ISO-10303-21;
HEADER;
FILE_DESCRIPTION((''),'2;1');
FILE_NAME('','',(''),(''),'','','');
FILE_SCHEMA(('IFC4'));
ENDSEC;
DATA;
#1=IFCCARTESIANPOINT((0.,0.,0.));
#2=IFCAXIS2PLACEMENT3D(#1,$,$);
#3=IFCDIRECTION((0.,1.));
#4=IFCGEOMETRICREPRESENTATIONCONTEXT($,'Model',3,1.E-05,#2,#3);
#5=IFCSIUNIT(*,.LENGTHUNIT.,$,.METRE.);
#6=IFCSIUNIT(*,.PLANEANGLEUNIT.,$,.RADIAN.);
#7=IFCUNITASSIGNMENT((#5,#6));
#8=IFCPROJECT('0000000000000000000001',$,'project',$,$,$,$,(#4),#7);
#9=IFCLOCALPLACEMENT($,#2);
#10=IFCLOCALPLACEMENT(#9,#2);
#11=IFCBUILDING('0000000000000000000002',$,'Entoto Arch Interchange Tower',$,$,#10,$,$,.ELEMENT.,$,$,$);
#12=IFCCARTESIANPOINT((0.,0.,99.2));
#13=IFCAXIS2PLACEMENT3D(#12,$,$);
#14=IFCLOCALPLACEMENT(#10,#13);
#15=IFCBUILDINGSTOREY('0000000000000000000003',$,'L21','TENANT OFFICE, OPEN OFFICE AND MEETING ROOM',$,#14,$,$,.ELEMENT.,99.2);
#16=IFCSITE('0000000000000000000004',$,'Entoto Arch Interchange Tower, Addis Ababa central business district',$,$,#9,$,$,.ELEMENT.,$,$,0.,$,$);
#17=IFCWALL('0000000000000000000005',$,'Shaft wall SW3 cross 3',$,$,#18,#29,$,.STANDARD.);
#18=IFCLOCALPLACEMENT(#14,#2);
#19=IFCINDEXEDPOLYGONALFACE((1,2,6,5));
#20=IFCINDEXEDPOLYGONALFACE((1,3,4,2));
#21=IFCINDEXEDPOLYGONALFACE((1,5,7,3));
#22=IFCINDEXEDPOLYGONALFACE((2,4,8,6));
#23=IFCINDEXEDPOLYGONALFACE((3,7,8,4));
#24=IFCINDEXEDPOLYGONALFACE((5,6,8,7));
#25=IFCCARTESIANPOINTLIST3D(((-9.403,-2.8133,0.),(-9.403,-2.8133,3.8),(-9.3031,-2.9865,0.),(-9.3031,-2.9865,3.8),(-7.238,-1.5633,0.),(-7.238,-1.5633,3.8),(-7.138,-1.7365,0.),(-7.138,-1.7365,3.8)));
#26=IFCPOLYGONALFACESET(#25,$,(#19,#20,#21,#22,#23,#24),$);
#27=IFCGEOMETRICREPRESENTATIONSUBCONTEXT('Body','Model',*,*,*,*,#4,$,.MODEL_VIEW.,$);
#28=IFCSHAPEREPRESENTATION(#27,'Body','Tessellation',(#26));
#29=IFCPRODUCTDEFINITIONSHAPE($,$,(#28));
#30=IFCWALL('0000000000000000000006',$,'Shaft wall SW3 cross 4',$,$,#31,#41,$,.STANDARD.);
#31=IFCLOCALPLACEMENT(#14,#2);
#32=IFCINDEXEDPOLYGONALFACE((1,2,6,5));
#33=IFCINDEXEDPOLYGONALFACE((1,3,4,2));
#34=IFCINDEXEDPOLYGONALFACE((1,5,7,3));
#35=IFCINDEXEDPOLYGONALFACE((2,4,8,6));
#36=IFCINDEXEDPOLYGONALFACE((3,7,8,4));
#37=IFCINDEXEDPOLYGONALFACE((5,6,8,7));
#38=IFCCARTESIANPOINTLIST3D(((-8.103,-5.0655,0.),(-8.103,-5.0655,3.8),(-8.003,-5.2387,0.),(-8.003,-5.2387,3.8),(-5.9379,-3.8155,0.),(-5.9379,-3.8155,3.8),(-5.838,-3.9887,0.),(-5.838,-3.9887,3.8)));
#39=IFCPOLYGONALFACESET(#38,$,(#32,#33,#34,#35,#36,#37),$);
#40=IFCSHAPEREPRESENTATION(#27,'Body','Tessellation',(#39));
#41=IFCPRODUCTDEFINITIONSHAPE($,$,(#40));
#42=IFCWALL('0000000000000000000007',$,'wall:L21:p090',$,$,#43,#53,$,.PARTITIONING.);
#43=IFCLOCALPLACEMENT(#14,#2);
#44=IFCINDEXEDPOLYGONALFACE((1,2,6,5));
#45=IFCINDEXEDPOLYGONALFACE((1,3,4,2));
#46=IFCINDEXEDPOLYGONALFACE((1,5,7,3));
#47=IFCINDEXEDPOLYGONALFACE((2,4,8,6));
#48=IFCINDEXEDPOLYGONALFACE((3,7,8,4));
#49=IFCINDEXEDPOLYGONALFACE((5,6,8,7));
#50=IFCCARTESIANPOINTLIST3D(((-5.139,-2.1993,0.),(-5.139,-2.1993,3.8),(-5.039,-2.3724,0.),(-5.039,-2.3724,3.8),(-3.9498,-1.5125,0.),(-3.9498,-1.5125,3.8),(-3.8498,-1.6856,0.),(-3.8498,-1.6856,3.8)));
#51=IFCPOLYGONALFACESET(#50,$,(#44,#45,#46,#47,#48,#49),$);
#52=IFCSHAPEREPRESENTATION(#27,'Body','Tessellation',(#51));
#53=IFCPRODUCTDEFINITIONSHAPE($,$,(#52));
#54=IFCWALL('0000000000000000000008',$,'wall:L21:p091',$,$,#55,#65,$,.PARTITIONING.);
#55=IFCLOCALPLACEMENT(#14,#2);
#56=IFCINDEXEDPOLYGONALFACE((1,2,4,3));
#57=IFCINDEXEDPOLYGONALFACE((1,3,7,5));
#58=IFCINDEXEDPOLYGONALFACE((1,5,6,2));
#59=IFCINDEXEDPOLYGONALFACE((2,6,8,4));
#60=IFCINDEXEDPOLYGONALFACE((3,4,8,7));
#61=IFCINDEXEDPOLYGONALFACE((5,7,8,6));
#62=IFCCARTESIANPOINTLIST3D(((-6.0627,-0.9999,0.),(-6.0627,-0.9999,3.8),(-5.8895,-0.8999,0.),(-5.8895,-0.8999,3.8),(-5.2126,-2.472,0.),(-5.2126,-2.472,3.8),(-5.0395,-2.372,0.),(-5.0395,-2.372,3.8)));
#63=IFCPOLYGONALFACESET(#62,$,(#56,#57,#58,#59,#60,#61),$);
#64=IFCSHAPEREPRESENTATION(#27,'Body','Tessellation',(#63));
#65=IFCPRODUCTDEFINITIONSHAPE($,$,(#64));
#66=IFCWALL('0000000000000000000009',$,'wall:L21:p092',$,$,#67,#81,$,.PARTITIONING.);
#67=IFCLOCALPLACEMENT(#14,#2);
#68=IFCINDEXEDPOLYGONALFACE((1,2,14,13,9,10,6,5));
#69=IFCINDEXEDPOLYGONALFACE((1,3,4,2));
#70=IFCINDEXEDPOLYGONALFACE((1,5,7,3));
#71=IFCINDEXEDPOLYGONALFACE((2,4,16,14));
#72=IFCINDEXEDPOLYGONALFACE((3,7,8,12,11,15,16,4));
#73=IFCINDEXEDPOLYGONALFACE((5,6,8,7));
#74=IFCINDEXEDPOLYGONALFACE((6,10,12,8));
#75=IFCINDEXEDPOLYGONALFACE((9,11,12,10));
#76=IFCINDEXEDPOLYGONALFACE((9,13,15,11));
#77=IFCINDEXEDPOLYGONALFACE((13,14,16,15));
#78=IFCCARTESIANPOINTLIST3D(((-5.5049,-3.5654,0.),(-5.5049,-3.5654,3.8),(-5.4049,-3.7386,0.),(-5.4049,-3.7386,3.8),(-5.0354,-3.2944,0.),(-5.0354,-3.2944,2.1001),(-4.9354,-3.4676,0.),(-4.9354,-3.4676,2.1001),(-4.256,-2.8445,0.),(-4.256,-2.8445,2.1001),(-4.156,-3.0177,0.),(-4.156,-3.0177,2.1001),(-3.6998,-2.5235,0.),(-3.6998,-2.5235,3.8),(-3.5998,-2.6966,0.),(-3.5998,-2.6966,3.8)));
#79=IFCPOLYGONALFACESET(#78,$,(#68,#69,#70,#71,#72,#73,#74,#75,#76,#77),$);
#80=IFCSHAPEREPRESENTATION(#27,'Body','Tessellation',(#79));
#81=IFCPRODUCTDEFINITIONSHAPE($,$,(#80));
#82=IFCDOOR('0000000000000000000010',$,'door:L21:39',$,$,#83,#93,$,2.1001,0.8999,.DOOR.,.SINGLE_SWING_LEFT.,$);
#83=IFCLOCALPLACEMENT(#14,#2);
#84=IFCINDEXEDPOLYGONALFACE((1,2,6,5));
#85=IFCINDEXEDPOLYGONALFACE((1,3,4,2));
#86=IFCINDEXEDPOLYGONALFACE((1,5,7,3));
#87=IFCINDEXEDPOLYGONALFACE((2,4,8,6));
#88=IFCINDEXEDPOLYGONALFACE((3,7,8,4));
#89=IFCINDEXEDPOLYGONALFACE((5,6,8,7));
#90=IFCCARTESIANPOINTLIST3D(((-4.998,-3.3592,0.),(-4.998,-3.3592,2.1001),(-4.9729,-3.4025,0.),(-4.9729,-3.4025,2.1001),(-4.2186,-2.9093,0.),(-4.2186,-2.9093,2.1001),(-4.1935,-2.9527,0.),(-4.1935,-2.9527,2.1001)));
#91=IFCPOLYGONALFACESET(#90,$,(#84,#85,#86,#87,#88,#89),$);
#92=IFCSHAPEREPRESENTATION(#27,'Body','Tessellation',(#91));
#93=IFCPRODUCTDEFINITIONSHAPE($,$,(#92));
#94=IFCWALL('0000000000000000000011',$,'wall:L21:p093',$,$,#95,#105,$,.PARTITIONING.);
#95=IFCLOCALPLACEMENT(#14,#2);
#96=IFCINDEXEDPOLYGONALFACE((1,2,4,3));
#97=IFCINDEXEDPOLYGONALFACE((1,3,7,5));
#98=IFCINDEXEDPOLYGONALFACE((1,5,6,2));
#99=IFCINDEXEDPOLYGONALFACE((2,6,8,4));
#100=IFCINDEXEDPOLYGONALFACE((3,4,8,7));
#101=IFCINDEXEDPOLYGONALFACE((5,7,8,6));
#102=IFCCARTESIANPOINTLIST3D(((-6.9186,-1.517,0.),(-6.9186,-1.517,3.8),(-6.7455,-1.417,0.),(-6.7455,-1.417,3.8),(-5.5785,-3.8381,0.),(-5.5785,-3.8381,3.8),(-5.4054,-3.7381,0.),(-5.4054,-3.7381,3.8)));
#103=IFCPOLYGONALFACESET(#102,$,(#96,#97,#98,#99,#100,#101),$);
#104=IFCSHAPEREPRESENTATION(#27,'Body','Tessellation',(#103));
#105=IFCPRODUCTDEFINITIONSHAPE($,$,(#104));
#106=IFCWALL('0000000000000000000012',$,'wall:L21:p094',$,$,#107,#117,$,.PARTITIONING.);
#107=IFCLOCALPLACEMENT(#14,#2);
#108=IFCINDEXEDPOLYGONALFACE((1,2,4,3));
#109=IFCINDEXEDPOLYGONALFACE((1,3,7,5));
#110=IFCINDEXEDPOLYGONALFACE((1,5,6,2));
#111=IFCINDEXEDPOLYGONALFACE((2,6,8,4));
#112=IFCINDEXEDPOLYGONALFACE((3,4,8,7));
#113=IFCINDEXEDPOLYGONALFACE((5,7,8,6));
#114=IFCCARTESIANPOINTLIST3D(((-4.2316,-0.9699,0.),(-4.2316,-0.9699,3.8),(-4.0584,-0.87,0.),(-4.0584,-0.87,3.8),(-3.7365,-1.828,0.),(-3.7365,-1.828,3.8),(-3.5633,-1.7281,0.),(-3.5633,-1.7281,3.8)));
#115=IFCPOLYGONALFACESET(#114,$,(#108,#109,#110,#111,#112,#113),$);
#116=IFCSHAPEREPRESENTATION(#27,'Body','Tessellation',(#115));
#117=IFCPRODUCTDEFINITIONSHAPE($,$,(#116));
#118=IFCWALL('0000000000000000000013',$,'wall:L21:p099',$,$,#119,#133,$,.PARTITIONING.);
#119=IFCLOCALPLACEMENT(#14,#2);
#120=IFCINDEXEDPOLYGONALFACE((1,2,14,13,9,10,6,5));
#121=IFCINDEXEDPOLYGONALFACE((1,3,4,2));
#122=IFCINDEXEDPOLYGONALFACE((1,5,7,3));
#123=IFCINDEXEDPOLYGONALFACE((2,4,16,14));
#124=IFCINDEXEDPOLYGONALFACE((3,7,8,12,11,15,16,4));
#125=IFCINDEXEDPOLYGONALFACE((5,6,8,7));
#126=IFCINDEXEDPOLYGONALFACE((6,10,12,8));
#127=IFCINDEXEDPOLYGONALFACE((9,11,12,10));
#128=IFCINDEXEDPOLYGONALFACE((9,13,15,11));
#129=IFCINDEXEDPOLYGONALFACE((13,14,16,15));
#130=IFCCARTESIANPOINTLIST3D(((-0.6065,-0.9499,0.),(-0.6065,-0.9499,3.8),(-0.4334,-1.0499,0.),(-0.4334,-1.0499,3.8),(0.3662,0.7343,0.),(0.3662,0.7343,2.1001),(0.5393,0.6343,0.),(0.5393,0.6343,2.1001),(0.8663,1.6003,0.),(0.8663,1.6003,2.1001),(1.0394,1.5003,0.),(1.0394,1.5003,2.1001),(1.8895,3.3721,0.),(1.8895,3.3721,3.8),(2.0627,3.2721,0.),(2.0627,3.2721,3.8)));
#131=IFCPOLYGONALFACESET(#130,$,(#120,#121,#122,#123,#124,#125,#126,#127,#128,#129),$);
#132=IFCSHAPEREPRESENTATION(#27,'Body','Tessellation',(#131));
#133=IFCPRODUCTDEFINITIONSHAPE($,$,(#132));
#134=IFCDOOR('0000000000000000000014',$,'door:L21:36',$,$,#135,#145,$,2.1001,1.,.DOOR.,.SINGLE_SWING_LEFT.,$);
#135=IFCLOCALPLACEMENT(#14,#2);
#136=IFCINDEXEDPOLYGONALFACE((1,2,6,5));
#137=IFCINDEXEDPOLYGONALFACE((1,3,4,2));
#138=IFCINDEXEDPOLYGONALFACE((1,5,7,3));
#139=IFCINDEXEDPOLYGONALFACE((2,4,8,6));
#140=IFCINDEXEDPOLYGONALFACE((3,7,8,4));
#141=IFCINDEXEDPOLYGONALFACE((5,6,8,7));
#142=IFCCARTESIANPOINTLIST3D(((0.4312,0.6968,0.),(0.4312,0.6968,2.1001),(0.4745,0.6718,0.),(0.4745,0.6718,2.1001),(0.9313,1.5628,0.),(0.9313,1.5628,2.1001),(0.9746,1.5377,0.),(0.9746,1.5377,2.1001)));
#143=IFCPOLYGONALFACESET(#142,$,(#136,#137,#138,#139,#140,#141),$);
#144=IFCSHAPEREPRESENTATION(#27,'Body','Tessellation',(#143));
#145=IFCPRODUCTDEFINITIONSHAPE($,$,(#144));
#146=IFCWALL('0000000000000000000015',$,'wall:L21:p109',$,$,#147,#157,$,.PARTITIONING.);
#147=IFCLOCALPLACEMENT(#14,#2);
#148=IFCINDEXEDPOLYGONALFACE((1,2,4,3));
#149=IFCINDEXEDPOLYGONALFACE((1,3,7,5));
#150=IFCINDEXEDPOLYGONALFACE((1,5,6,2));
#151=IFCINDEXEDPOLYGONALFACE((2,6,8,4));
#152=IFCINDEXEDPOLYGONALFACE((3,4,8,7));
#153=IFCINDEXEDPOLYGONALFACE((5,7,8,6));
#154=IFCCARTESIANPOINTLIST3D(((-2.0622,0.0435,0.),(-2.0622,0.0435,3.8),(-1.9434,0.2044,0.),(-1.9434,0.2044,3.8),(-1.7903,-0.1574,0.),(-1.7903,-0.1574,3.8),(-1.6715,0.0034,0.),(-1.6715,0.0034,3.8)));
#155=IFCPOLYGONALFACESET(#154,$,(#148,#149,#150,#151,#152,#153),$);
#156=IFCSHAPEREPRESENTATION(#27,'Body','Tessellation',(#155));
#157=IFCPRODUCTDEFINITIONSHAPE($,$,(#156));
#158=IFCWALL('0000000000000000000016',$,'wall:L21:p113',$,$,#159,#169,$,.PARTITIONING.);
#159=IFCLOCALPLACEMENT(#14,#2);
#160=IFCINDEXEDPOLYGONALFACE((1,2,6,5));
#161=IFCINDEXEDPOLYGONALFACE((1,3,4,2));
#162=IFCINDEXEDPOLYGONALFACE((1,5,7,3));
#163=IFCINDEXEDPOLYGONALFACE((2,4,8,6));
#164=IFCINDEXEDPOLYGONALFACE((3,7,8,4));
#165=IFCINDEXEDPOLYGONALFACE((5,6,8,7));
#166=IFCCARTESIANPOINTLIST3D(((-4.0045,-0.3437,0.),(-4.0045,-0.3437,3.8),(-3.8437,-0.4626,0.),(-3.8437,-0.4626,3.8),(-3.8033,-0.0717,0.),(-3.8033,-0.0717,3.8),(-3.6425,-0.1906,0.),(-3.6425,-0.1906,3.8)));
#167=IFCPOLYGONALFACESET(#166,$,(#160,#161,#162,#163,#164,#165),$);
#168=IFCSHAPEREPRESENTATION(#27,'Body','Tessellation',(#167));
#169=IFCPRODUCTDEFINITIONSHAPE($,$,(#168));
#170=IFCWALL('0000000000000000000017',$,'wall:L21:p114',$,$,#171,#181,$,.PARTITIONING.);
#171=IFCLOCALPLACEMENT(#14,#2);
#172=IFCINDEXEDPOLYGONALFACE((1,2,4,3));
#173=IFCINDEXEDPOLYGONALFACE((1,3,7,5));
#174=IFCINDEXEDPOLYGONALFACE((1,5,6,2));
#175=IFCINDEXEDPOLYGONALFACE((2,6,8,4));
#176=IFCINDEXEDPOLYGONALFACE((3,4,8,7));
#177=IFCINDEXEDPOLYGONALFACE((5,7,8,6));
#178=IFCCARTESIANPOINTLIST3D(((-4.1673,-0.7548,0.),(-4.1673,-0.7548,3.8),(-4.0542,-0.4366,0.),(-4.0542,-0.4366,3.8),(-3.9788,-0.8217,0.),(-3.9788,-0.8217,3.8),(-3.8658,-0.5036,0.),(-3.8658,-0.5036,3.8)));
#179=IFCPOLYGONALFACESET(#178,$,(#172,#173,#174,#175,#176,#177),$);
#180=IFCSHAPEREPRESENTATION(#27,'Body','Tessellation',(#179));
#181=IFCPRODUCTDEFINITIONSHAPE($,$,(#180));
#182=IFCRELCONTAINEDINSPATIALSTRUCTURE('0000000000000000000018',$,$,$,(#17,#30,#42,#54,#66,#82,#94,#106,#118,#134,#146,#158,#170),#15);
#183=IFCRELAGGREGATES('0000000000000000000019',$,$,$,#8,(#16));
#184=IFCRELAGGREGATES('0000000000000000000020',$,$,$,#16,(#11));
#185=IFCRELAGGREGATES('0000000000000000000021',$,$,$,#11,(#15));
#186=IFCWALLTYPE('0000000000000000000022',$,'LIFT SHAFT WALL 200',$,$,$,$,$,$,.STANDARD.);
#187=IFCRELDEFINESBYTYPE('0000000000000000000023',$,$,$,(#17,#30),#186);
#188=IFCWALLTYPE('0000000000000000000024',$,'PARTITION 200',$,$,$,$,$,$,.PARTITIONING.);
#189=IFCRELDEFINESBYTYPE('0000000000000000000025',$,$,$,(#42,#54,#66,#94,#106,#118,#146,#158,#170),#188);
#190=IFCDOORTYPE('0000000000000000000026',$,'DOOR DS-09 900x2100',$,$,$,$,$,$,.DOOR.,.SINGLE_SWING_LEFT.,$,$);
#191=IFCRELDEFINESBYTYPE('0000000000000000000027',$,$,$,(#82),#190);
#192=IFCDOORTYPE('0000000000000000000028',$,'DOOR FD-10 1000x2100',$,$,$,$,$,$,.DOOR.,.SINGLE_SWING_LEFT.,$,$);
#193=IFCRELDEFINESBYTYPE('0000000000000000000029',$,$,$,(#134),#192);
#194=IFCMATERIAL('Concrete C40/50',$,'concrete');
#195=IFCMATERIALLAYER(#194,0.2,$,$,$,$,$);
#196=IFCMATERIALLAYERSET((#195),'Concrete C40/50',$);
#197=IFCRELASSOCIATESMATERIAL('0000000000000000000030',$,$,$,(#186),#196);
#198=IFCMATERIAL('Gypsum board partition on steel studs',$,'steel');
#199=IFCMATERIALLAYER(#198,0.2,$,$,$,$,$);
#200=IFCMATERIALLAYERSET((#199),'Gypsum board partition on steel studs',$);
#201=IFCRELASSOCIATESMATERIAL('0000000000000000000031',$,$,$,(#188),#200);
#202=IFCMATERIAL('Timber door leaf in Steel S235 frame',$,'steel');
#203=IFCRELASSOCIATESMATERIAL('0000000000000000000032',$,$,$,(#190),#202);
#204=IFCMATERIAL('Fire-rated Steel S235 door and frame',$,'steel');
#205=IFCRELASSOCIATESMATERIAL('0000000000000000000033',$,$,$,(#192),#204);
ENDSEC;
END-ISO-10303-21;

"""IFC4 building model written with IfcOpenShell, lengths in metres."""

from ifc_helpers import new_model, si_unit, direction, frame, frame_2d, origin, place, context, subcontext, project, spatial, rectangle, extrude, material, layer, layer_set, type_object, element, fill, save


model = new_model("IFC4")

# Units and contexts
model_context = context("Model", 3, precision=1e-05, world=origin(), true_north=direction((0.0, 1.0)))
body_context = subcontext(model_context, "Body", "Model", "MODEL_VIEW")
ifc_project = project(units=[si_unit("LENGTHUNIT", "METRE"), si_unit("PLANEANGLEUNIT", "RADIAN")], contexts=[model_context])

# Site, building, storey
site_placement = place(None, origin())
site = spatial("IfcSite", under=ifc_project, at=site_placement, Name="Entoto Arch Interchange Tower, Addis Ababa central business district", CompositionType="ELEMENT", RefElevation=0.0)
building_placement = place(site_placement, origin())
building = spatial("IfcBuilding", under=site, at=building_placement, Name="Entoto Arch Interchange Tower", CompositionType="ELEMENT")
storey_placement = place(building_placement, frame((0.0, 0.0, 99.2)))
storey = spatial("IfcBuildingStorey", under=building, at=storey_placement, Name="L21", Description="TENANT OFFICE, OPEN OFFICE AND MEETING ROOM", CompositionType="ELEMENT", Elevation=99.2)

# Shared definitions
ifc_material_1 = material(Name="Concrete C40/50", Category="concrete")

# Walls
ifc_layer_1 = layer(ifc_material_1, 0.2)
ifc_layer_set_1 = layer_set([ifc_layer_1], Name="Concrete C40/50")
wall_type_1 = type_object("IfcWallType", Name="LIFT SHAFT WALL 200", PredefinedType="STANDARD", material=ifc_layer_set_1)
for number, where, z_axis, x_axis, name in (
    (1, (-7.188, -1.6499, 0.0), (0.0, 0.0, 1.0), (-0.866023, -0.500004, 0.0), "Shaft wall SW3 cross 3"),
    (2, (-5.8879, -3.9021, 0.0), (0.0, 0.0, 1.0), (-0.866023, -0.500004, 0.0), "Shaft wall SW3 cross 4"),
):
    element("IfcWall", number, at=place(storey_placement, frame(where, z_axis=z_axis, x_axis=x_axis)), inside=storey, type_object=wall_type_1, Name=name, PredefinedType="STANDARD", context=body_context, shape_type="SweptSolid", body=[
        extrude(rectangle(XDim=2.5, YDim=0.2, at=frame_2d((1.25, 0.0))), origin(), (0.0, 0.0, 1.0), 3.8),
    ])
ifc_material_2 = material(Name="Gypsum board partition on steel studs", Category="steel")
ifc_layer_2 = layer(ifc_material_2, 0.2)
ifc_layer_set_2 = layer_set([ifc_layer_2], Name="Gypsum board partition on steel studs")
wall_type_2 = type_object("IfcWallType", Name="PARTITION 200", PredefinedType="PARTITIONING", material=ifc_layer_set_2)
wall_1_placement = place(storey_placement, frame((-3.8999, -1.5991, 0.0), z_axis=(0.0, 0.0, 1.0), x_axis=(-0.865969, -0.500097, 0.0)))
element("IfcWall", 3, at=wall_1_placement, inside=storey, type_object=wall_type_2, Name="wall:L21:p090", PredefinedType="PARTITIONING", context=body_context, shape_type="SweptSolid", body=[
    extrude(rectangle(XDim=1.3733, YDim=0.2, at=frame_2d((0.6865, 0.0))), origin(), (0.0, 0.0, 1.0), 3.8),
])
wall_2_placement = place(storey_placement, frame((-5.126, -2.4221, 0.0), z_axis=(0.0, 0.0, 1.0), x_axis=(-0.500062, 0.865989, 0.0)))
element("IfcWall", 4, at=wall_2_placement, inside=storey, type_object=wall_type_2, Name="wall:L21:p091", PredefinedType="PARTITIONING", context=body_context, shape_type="SweptSolid", body=[
    extrude(rectangle(XDim=1.7, YDim=0.2, at=frame_2d((0.8501, 0.0))), origin(), (0.0, 0.0, 1.0), 3.8),
])

# Wall, opening, door
wall_3_placement = place(storey_placement, frame((-3.6499, -2.6101, 0.0), z_axis=(0.0, 0.0, 1.0), x_axis=(-0.866072, -0.499918, 0.0)))
wall_3 = element("IfcWall", 5, at=wall_3_placement, inside=storey, type_object=wall_type_2, Name="wall:L21:p092", PredefinedType="PARTITIONING", context=body_context, shape_type="SweptSolid", body=[
    extrude(rectangle(XDim=2.0842, YDim=0.2, at=frame_2d((1.042, 0.0))), origin(), (0.0, 0.0, 1.0), 3.8),
])
opening_1_placement = place(wall_3_placement, frame((0.6421, 0.0, 0.0)))
opening_1 = element("IfcOpeningElement", 6, at=opening_1_placement, cuts=wall_3, PredefinedType="OPENING", context=body_context, shape_type="SweptSolid", body=[
    extrude(rectangle(XDim=0.8999, YDim=2.1001, at=frame_2d((0.45, 1.05))), frame((0.0, 0.1099, 0.0), z_axis=(0.0, -1.0, 0.0), x_axis=(1.0, 0.0, 0.0)), (0.0, 0.0, 1.0), 0.22),
])
ifc_material_3 = material(Name="Timber door leaf in Steel S235 frame", Category="steel")
door_type_1 = type_object("IfcDoorType", Name="DOOR DS-09 900x2100", OperationType="SINGLE_SWING_LEFT", PredefinedType="DOOR", material=ifc_material_3)
door_1_placement = place(opening_1_placement, origin())
door_1 = element("IfcDoor", 7, at=door_1_placement, inside=storey, type_object=door_type_1, Name="door:L21:39", OperationType="SINGLE_SWING_LEFT", OverallHeight=2.1001, OverallWidth=0.8999, PredefinedType="DOOR", context=body_context, shape_type="SweptSolid", body=[
    extrude(rectangle(XDim=0.8999, YDim=2.1001, at=frame_2d((0.45, 1.05))), frame((0.0, 0.0249, 0.0), z_axis=(0.0, -1.0, 0.0), x_axis=(1.0, 0.0, 0.0)), (0.0, 0.0, 1.0), 0.05),
])
fill(opening_1, door_1)

# Walls
wall_4_placement = place(storey_placement, frame((-5.4919, -3.7881, 0.0), z_axis=(0.0, 0.0, 1.0), x_axis=(-0.500009, 0.86602, 0.0)))
element("IfcWall", 8, at=wall_4_placement, inside=storey, type_object=wall_type_2, Name="wall:L21:p093", PredefinedType="PARTITIONING", context=body_context, shape_type="SweptSolid", body=[
    extrude(rectangle(XDim=2.6802, YDim=0.2, at=frame_2d((1.3401, 0.0))), origin(), (0.0, 0.0, 1.0), 3.8),
])
wall_5_placement = place(storey_placement, frame((-4.145, -0.9199, 0.0), z_axis=(0.0, 0.0, 1.0), x_axis=(0.499744, -0.866173, 0.0)))
element("IfcWall", 9, at=wall_5_placement, inside=storey, type_object=wall_type_2, Name="wall:L21:p094", PredefinedType="PARTITIONING", context=body_context, shape_type="SweptSolid", body=[
    extrude(rectangle(XDim=0.9907, YDim=0.2, at=frame_2d((0.4954, 0.0))), origin(), (0.0, 0.0, 1.0), 3.8),
])

# Wall, opening, door
wall_6_placement = place(storey_placement, frame((-0.52, -1.0, 0.0), z_axis=(0.0, 0.0, 1.0), x_axis=(0.500116, 0.865958, 0.0)))
wall_6 = element("IfcWall", 10, at=wall_6_placement, inside=storey, type_object=wall_type_2, Name="wall:L21:p099", PredefinedType="PARTITIONING", context=body_context, shape_type="SweptSolid", body=[
    extrude(rectangle(XDim=4.991, YDim=0.2, at=frame_2d((2.4956, 0.0))), origin(), (0.0, 0.0, 1.0), 3.8),
])
opening_2_placement = place(wall_6_placement, frame((1.9451, 0.0, 0.0)))
opening_2 = element("IfcOpeningElement", 11, at=opening_2_placement, cuts=wall_6, PredefinedType="OPENING", context=body_context, shape_type="SweptSolid", body=[
    extrude(rectangle(XDim=1.0, YDim=2.1001, at=frame_2d((0.5, 1.05))), frame((0.0, 0.1099, 0.0), z_axis=(0.0, -1.0, 0.0), x_axis=(1.0, 0.0, 0.0)), (0.0, 0.0, 1.0), 0.22),
])
ifc_material_4 = material(Name="Fire-rated Steel S235 door and frame", Category="steel")
door_type_2 = type_object("IfcDoorType", Name="DOOR FD-10 1000x2100", OperationType="SINGLE_SWING_LEFT", PredefinedType="DOOR", material=ifc_material_4)
door_2_placement = place(opening_2_placement, origin())
door_2 = element("IfcDoor", 12, at=door_2_placement, inside=storey, type_object=door_type_2, Name="door:L21:36", OperationType="SINGLE_SWING_LEFT", OverallHeight=2.1001, OverallWidth=1.0, PredefinedType="DOOR", context=body_context, shape_type="SweptSolid", body=[
    extrude(rectangle(XDim=1.0, YDim=2.1001, at=frame_2d((0.5, 1.05))), frame((0.0, 0.0249, 0.0), z_axis=(0.0, -1.0, 0.0), x_axis=(1.0, 0.0, 0.0)), (0.0, 0.0, 1.0), 0.05),
])
fill(opening_2, door_2)

# Walls
wall_7_placement = place(storey_placement, frame((-1.731, -0.0769, 0.0), z_axis=(0.0, 0.0, 1.0), x_axis=(-0.804311, 0.594208, 0.0)))
element("IfcWall", 13, at=wall_7_placement, inside=storey, type_object=wall_type_2, Name="wall:L21:p109", PredefinedType="PARTITIONING", context=body_context, shape_type="SweptSolid", body=[
    extrude(rectangle(XDim=0.3381, YDim=0.2, at=frame_2d((0.1689, 0.0))), origin(), (0.0, 0.0, 1.0), 3.8),
])
wall_8_placement = place(storey_placement, frame((-3.7229, -0.1311, 0.0), z_axis=(0.0, 0.0, 1.0), x_axis=(-0.594675, -0.803966, 0.0)))
element("IfcWall", 14, at=wall_8_placement, inside=storey, type_object=wall_type_2, Name="wall:L21:p113", PredefinedType="PARTITIONING", context=body_context, shape_type="SweptSolid", body=[
    extrude(rectangle(XDim=0.3384, YDim=0.2, at=frame_2d((0.1692, 0.0))), origin(), (0.0, 0.0, 1.0), 3.8),
])
wall_9_placement = place(storey_placement, frame((-3.96, -0.47, 0.0), z_axis=(0.0, 0.0, 1.0), x_axis=(-0.334824, -0.942281, 0.0)))
element("IfcWall", 15, at=wall_9_placement, inside=storey, type_object=wall_type_2, Name="wall:L21:p114", PredefinedType="PARTITIONING", context=body_context, shape_type="SweptSolid", body=[
    extrude(rectangle(XDim=0.3376, YDim=0.2, at=frame_2d((0.1689, 0.0))), origin(), (0.0, 0.0, 1.0), 3.8),
])

save(model, "model.ifc")
